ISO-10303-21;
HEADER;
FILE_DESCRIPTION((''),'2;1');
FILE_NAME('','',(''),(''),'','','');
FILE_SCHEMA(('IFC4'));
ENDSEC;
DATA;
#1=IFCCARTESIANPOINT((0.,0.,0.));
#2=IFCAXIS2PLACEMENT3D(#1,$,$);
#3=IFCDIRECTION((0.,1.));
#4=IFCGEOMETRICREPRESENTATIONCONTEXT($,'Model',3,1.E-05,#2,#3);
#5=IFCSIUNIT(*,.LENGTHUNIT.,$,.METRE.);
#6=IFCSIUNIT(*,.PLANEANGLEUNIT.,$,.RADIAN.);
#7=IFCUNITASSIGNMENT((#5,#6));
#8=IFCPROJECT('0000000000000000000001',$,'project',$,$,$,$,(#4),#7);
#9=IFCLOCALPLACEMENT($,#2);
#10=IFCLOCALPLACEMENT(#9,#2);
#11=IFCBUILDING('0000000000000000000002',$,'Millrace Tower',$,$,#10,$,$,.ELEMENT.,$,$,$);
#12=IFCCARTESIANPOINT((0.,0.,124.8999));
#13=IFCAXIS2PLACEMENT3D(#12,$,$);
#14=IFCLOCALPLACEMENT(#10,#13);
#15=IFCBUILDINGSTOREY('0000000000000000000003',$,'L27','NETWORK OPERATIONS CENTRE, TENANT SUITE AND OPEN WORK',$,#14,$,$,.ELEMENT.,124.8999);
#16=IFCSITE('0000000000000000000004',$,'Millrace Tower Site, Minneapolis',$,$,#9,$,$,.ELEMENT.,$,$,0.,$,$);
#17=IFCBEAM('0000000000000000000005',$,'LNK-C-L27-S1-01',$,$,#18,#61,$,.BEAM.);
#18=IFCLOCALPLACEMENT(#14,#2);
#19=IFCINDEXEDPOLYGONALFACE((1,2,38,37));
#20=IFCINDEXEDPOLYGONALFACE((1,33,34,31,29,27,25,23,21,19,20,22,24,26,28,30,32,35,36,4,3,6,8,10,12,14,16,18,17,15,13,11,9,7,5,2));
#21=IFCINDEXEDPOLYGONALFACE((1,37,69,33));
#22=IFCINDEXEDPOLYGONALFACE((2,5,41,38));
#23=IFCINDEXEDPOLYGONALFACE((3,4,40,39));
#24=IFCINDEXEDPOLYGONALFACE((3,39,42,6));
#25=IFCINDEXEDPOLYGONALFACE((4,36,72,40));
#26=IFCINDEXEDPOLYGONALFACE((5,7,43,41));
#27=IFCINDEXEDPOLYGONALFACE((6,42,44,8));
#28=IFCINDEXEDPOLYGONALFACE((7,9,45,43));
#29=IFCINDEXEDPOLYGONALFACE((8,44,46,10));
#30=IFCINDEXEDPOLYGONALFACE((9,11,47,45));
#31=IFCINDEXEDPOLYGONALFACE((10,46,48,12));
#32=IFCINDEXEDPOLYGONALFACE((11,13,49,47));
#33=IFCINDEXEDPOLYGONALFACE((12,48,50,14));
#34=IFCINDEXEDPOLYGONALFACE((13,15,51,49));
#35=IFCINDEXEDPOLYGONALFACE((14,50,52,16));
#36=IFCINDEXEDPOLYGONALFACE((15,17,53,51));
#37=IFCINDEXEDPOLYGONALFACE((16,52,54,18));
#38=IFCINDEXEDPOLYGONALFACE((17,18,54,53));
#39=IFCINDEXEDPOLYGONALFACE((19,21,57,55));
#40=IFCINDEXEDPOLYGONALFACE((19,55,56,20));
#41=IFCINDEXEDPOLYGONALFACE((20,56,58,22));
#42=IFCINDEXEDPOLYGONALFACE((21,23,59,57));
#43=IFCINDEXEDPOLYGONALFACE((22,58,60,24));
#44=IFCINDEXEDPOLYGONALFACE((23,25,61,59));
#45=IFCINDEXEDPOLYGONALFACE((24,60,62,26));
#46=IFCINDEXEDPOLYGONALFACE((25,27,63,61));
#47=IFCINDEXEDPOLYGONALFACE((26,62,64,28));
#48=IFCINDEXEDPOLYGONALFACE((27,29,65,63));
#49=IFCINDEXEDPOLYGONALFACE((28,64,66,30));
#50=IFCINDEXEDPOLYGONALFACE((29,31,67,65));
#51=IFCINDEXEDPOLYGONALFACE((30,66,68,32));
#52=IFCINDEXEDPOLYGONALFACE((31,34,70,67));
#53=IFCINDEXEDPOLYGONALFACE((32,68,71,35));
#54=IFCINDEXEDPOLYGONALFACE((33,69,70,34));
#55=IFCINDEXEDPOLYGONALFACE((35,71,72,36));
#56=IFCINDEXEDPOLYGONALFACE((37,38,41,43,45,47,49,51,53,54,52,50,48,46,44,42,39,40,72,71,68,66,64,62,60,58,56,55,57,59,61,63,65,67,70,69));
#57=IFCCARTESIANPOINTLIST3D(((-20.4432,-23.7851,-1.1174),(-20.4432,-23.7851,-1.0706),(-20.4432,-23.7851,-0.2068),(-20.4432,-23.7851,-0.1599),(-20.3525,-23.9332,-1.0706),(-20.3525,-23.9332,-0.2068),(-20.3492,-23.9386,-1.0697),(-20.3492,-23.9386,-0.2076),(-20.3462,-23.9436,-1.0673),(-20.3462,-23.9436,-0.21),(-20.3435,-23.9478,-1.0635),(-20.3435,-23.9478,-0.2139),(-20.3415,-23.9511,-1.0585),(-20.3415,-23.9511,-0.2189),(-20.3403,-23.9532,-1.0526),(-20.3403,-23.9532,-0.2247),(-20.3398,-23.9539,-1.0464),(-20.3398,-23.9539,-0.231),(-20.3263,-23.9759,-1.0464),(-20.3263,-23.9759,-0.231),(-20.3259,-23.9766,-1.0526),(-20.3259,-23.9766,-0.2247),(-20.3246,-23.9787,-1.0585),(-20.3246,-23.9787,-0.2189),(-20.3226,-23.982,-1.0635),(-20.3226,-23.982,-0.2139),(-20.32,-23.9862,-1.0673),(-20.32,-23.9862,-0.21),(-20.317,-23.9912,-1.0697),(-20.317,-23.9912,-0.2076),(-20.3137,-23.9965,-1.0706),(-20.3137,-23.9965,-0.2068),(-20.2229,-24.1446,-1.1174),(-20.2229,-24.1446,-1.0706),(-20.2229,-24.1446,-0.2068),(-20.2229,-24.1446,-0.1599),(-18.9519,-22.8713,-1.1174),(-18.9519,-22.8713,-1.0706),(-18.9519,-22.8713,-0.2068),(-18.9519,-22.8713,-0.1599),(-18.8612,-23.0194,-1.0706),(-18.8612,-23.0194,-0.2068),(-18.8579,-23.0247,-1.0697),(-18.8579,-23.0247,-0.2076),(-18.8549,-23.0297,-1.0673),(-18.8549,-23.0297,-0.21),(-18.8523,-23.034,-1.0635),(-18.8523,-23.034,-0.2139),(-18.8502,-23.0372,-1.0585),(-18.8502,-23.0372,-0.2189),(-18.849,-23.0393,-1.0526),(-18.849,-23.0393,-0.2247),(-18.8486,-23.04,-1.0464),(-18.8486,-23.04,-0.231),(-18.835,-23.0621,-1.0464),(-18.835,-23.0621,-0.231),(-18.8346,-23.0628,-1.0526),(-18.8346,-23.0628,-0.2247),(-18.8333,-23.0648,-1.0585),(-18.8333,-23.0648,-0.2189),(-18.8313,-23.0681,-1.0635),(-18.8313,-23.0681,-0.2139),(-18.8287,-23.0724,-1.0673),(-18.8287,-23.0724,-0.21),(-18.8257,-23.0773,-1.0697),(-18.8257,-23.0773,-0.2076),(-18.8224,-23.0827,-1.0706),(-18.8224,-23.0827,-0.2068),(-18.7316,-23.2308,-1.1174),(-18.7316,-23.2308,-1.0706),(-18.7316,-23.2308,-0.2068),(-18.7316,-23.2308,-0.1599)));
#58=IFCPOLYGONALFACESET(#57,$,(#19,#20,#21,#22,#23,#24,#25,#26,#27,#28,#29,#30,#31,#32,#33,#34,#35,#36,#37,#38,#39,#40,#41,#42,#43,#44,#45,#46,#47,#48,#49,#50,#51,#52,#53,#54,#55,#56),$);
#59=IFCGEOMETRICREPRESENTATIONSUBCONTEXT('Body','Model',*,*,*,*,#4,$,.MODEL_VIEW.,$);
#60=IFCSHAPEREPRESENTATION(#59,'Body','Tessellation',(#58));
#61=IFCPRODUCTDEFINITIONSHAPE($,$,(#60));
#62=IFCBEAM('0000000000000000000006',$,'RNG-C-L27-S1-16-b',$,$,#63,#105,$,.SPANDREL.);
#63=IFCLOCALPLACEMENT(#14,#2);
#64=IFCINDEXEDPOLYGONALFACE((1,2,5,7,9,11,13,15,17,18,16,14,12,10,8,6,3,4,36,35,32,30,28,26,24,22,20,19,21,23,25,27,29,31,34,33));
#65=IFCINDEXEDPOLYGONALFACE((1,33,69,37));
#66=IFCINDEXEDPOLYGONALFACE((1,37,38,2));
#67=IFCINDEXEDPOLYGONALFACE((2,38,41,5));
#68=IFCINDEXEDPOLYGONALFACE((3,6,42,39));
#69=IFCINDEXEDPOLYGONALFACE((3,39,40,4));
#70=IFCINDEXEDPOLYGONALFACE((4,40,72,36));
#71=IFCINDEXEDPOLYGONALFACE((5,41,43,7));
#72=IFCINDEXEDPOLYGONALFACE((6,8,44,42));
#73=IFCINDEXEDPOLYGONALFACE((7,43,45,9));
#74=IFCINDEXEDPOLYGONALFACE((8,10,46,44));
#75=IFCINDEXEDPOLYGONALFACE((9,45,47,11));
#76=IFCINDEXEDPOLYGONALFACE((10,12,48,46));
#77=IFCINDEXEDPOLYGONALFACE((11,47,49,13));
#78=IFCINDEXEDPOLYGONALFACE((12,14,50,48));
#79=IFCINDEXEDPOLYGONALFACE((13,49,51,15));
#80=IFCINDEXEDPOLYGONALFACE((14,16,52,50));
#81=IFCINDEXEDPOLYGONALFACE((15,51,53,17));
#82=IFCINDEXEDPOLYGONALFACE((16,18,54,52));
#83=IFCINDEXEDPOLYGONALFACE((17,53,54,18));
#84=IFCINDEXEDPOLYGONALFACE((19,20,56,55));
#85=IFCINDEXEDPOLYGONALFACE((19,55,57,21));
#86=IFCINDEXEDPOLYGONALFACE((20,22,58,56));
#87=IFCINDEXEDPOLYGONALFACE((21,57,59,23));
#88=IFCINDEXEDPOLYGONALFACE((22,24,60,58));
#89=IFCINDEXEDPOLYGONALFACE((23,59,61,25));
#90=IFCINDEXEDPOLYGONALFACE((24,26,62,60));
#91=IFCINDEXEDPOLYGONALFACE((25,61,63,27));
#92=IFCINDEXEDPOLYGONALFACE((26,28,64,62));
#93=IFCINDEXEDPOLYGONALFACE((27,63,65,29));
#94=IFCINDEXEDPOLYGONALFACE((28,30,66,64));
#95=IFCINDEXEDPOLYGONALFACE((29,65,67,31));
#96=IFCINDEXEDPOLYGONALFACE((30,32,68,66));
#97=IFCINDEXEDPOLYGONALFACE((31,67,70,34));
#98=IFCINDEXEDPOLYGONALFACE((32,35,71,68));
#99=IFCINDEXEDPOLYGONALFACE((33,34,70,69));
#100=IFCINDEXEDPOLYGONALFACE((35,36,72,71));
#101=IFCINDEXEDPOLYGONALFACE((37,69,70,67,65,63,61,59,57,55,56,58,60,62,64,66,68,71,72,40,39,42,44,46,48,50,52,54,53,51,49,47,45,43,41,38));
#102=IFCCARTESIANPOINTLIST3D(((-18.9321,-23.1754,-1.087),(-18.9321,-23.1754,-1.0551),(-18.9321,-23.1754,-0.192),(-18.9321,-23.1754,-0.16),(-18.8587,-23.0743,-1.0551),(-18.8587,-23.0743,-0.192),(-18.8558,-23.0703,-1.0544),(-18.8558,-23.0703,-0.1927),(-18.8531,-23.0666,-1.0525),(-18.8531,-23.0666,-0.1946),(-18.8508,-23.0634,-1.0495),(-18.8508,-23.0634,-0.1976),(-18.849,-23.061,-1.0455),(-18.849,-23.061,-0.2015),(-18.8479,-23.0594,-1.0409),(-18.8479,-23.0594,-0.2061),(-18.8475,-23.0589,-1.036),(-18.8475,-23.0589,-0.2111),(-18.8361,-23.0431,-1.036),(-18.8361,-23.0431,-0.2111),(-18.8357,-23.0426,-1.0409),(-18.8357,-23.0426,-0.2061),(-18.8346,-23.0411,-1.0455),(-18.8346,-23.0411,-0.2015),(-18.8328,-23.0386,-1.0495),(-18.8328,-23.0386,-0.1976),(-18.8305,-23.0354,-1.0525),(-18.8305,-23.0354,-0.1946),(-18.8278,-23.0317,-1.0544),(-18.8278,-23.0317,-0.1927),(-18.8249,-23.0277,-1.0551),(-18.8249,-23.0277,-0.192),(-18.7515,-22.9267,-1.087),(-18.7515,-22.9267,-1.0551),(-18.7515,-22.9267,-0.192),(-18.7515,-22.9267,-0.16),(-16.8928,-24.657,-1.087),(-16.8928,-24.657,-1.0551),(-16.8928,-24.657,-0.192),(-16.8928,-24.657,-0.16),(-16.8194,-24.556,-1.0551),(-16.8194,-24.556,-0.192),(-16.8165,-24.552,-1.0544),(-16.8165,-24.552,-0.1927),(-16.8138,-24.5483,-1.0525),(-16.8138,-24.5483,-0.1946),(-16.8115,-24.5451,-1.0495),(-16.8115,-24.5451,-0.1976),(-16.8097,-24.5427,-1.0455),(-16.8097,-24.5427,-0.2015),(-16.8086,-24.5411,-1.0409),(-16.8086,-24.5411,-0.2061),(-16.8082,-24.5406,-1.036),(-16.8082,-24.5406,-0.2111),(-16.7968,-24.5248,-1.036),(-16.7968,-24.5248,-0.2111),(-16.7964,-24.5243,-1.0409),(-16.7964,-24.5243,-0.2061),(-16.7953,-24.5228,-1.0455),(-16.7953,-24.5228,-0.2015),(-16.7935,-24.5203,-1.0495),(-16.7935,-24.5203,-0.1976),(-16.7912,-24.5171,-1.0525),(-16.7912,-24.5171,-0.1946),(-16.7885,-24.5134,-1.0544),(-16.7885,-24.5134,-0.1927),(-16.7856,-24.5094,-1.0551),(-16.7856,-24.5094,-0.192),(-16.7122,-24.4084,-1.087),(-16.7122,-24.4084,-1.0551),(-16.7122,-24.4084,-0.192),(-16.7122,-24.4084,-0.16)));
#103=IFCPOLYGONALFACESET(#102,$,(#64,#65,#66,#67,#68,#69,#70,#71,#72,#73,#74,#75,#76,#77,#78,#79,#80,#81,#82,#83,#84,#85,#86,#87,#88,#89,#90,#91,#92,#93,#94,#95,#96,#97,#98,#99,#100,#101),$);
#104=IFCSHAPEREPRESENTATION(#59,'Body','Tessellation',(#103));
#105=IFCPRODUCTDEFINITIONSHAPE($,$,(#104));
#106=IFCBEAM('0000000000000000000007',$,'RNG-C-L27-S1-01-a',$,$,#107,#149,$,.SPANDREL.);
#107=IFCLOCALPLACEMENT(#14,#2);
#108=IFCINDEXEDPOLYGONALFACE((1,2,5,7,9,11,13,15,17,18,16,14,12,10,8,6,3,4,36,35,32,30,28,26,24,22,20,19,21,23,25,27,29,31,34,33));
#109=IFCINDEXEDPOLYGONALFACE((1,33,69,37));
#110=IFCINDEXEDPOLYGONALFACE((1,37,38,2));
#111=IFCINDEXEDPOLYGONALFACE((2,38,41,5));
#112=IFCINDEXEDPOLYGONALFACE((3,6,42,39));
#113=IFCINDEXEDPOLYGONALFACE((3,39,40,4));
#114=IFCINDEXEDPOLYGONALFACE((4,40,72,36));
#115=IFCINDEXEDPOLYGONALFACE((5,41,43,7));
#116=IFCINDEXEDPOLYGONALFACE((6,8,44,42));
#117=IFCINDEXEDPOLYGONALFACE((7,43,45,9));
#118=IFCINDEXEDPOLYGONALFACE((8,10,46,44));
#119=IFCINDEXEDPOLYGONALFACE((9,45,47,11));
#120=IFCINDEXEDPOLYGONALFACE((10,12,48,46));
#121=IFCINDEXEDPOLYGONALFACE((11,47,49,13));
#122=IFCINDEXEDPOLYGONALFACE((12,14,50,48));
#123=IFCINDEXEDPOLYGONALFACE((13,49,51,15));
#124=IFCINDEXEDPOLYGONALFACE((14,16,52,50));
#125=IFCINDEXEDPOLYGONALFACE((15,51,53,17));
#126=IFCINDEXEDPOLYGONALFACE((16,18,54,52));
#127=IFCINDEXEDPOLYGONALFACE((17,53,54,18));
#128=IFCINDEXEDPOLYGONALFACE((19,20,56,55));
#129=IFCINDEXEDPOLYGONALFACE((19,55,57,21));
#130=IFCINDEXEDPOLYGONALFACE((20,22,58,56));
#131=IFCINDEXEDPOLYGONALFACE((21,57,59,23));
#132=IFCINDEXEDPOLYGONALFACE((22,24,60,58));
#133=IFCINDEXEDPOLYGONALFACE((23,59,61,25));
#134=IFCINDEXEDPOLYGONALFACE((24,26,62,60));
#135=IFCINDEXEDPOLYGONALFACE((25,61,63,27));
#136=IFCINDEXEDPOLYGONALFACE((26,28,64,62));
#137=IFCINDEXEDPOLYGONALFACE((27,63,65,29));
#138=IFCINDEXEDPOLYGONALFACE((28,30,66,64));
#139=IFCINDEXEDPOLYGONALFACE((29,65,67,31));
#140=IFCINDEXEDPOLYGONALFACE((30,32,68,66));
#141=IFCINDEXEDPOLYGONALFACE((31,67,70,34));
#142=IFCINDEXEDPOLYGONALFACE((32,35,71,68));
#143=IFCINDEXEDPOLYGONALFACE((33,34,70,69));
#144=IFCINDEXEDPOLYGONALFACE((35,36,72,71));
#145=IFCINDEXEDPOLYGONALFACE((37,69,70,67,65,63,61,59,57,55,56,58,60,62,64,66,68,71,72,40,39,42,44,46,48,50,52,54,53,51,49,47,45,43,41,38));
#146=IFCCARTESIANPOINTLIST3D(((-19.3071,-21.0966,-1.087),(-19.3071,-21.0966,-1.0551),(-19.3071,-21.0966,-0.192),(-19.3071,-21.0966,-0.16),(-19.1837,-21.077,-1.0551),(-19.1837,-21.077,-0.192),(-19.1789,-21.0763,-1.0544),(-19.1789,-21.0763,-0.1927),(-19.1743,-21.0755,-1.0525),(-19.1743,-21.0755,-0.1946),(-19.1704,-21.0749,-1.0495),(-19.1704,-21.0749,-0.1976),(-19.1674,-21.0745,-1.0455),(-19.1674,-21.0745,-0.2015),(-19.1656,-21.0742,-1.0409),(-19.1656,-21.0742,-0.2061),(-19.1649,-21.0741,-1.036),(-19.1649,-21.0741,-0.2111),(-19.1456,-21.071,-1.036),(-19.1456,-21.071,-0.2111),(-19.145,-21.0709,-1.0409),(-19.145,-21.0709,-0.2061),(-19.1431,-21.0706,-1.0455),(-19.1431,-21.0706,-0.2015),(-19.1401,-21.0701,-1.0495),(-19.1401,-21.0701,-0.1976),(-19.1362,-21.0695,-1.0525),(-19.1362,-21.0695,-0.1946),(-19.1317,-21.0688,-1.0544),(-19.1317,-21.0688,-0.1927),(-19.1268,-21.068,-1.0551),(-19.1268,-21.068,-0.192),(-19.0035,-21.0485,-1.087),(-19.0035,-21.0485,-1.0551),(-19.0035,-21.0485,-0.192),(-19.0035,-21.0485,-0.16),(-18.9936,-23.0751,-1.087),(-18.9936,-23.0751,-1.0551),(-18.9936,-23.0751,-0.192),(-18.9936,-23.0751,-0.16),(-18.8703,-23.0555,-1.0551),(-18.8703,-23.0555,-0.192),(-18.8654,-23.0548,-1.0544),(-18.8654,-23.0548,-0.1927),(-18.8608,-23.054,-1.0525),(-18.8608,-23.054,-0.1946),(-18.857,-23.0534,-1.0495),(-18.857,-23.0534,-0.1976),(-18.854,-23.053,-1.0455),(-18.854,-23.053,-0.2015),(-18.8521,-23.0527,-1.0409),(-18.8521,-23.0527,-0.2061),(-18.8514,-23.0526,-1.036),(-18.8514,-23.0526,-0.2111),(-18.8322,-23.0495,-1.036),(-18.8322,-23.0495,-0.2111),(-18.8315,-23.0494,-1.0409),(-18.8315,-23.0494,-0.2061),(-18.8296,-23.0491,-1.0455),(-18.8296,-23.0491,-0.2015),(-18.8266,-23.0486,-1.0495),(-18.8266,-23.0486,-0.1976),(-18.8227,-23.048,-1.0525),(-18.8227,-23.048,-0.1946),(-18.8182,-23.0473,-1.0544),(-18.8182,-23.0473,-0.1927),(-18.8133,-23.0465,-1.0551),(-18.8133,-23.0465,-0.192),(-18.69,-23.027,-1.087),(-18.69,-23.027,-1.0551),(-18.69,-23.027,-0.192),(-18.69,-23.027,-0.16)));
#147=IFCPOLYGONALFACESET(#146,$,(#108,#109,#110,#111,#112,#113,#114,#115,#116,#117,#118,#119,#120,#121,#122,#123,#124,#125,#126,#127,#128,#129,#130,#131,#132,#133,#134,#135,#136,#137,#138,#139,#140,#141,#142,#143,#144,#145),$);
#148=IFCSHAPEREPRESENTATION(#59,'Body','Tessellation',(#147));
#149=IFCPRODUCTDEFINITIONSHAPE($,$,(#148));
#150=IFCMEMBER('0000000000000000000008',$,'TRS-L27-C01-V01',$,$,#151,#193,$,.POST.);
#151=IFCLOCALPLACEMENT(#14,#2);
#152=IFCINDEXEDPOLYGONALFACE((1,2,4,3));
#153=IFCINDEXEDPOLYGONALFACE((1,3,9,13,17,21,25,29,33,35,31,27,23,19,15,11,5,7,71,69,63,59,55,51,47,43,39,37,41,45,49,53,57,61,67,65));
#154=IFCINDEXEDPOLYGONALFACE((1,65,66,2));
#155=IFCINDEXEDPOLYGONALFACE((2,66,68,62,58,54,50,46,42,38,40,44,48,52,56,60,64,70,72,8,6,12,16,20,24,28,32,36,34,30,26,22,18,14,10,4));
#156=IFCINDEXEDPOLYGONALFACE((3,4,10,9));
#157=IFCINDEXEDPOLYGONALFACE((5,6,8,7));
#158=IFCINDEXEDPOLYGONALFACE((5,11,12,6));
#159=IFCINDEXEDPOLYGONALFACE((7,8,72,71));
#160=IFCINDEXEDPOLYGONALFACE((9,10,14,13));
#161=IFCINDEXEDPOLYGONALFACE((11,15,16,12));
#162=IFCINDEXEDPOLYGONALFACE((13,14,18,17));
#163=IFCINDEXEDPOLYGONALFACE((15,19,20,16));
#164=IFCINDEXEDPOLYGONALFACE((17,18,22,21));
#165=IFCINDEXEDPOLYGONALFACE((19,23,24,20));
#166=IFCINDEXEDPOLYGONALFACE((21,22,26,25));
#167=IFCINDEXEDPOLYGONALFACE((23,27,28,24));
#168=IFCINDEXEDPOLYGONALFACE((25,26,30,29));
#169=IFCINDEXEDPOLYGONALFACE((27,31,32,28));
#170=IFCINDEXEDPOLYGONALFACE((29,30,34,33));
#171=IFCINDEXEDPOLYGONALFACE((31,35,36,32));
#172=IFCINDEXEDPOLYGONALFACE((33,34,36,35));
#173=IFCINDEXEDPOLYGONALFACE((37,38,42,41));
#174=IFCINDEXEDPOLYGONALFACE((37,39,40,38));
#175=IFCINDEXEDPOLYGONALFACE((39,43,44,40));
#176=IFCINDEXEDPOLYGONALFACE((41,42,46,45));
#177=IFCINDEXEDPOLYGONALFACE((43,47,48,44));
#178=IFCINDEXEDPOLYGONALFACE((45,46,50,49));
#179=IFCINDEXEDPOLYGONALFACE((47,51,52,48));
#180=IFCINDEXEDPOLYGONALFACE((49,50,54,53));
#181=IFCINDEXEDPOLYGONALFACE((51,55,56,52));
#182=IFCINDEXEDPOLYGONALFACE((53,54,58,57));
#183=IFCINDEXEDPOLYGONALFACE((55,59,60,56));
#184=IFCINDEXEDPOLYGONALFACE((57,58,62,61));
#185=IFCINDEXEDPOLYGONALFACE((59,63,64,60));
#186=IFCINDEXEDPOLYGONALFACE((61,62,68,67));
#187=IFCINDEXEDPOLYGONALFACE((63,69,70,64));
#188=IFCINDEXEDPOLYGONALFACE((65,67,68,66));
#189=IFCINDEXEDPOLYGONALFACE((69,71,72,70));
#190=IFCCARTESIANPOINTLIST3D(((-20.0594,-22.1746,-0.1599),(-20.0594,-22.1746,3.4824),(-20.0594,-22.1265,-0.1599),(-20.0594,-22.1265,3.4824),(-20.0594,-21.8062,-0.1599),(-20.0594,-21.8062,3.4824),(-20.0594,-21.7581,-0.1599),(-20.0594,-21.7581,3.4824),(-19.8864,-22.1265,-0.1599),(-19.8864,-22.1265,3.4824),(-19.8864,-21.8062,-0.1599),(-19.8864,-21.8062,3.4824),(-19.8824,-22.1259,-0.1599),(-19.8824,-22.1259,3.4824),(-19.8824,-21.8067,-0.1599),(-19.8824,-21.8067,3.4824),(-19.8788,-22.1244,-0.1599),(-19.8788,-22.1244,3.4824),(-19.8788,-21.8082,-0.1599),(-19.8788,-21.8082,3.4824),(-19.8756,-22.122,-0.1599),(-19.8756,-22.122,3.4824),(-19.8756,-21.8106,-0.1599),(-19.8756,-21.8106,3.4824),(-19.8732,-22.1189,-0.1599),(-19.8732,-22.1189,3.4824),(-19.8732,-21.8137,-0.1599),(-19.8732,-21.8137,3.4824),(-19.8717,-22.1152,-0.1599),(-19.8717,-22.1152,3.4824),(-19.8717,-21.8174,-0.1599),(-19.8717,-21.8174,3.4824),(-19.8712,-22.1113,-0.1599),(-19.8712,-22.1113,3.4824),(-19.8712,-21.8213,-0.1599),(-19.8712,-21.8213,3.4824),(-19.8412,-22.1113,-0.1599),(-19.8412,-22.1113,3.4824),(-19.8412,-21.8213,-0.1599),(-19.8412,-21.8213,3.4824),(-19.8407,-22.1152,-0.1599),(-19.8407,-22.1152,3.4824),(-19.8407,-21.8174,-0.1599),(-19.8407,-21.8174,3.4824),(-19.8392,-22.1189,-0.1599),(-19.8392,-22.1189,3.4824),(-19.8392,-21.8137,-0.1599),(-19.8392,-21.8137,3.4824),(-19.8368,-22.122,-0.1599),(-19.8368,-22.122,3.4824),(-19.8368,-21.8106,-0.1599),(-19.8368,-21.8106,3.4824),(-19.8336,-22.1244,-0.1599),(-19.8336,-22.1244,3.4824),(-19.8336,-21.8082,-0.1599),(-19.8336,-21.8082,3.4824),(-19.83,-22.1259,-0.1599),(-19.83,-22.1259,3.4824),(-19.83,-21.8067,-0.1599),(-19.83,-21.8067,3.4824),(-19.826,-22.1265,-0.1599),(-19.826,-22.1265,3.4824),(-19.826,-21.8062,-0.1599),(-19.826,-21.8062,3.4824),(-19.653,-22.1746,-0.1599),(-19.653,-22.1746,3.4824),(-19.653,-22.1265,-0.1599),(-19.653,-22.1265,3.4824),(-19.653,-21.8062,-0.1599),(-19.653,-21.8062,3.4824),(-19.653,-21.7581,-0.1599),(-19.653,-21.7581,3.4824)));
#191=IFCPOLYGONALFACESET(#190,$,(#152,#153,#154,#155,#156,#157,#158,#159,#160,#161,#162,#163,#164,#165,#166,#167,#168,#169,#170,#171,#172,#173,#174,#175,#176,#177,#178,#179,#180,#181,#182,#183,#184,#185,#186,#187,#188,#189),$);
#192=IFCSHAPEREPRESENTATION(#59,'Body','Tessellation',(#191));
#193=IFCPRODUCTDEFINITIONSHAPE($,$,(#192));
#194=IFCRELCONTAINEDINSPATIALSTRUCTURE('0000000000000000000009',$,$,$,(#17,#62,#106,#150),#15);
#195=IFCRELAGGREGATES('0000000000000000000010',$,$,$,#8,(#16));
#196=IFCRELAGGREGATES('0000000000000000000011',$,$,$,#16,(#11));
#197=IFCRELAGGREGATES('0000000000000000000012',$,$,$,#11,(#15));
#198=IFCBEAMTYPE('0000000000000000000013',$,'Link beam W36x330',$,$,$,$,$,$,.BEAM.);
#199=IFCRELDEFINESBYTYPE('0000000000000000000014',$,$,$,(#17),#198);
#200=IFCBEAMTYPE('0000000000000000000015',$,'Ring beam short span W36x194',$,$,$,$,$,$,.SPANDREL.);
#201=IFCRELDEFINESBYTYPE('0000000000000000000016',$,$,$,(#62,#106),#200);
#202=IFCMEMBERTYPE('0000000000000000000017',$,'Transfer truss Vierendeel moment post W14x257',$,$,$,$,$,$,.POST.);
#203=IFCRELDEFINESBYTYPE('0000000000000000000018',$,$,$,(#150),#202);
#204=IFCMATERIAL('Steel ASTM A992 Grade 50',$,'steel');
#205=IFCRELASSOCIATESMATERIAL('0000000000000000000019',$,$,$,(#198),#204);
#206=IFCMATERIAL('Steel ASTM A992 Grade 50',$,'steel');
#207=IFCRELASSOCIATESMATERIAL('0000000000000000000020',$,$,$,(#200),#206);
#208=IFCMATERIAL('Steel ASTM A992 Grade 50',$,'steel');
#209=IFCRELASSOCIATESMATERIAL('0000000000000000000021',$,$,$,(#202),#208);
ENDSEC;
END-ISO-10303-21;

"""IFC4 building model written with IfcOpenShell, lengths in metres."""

from ifc_helpers import new_model, si_unit, direction, frame, origin, origin_2d, place, context, subcontext, project, spatial, i_section, extrude, material, material_profile, profile_set, type_object, element, save


model = new_model("IFC4")

# Units and contexts
model_context = context("Model", 3, precision=1e-05, world=origin(), true_north=direction((0.0, 1.0)))
body_context = subcontext(model_context, "Body", "Model", "MODEL_VIEW")
ifc_project = project(units=[si_unit("LENGTHUNIT", "METRE"), si_unit("PLANEANGLEUNIT", "RADIAN")], contexts=[model_context])

# Site, building, storey
site_placement = place(None, origin())
site = spatial("IfcSite", under=ifc_project, at=site_placement, Name="Millrace Tower Site, Minneapolis", CompositionType="ELEMENT", RefElevation=0.0)
building_placement = place(site_placement, origin())
building = spatial("IfcBuilding", under=site, at=building_placement, Name="Millrace Tower", CompositionType="ELEMENT")
storey_placement = place(building_placement, frame((0.0, 0.0, 124.8999)))
storey = spatial("IfcBuildingStorey", under=building, at=storey_placement, Name="L27", Description="NETWORK OPERATIONS CENTRE, TENANT SUITE AND OPEN WORK", CompositionType="ELEMENT", Elevation=124.8999)

# Beams
ifc_material_1 = material(Name="Steel ASTM A992 Grade 50", Category="steel")
ifc_material_profile_1 = material_profile(ifc_material_1, i_section(OverallWidth=0.4216, OverallDepth=0.9575, WebThickness=0.0259, FlangeThickness=0.0469, FilletRadius=0.0242, at=origin_2d()))
ifc_profile_set_1 = profile_set([ifc_material_profile_1], Name="Steel ASTM A992 Grade 50")
beam_type_1 = type_object("IfcBeamType", Name="Link beam W36x330", PredefinedType="BEAM", material=ifc_profile_set_1)
beam_1_placement = place(storey_placement, frame((-18.8418, -23.051, -0.6387), z_axis=(-0.852639, -0.5225, 0.0), x_axis=(0.5225, -0.852639, 0.0)))
element("IfcBeam", 1, at=beam_1_placement, inside=storey, type_object=beam_type_1, Name="LNK-C-L27-S1-01", PredefinedType="BEAM", context=body_context, shape_type="SweptSolid", body=[
    extrude(i_section(OverallWidth=0.4216, OverallDepth=0.9575, WebThickness=0.0259, FlangeThickness=0.0469, FilletRadius=0.0242, at=origin_2d()), origin(), (0.0, 0.0, 1.0), 1.749),
])
ifc_material_2 = material(Name="Steel ASTM A992 Grade 50", Category="steel")
ifc_material_profile_2 = material_profile(ifc_material_2, i_section(OverallWidth=0.3074, OverallDepth=0.927, WebThickness=0.0195, FlangeThickness=0.032, FilletRadius=0.019, at=origin_2d()))
ifc_profile_set_2 = profile_set([ifc_material_profile_2], Name="Steel ASTM A992 Grade 50")
beam_type_2 = type_object("IfcBeamType", Name="Ring beam short span W36x194", PredefinedType="SPANDREL", material=ifc_profile_set_2)
beam_2_placement = place(storey_placement, frame((-16.8025, -24.5327, -0.6235), z_axis=(-0.809008, 0.587797, 0.0), x_axis=(-0.587797, -0.809008, 0.0)))
element("IfcBeam", 2, at=beam_2_placement, inside=storey, type_object=beam_type_2, Name="RNG-C-L27-S1-16-b", PredefinedType="SPANDREL", context=body_context, shape_type="SweptSolid", body=[
    extrude(i_section(OverallWidth=0.3074, OverallDepth=0.927, WebThickness=0.0195, FlangeThickness=0.032, FilletRadius=0.019, at=origin_2d()), origin(), (0.0, 0.0, 1.0), 2.5208),
])
beam_3_placement = place(storey_placement, frame((-18.8418, -23.051, -0.6235), z_axis=(-0.156488, 0.98768, 0.0), x_axis=(-0.98768, -0.156488, 0.0)))
element("IfcBeam", 3, at=beam_3_placement, inside=storey, type_object=beam_type_2, Name="RNG-C-L27-S1-01-a", PredefinedType="SPANDREL", context=body_context, shape_type="SweptSolid", body=[
    extrude(i_section(OverallWidth=0.3074, OverallDepth=0.927, WebThickness=0.0195, FlangeThickness=0.032, FilletRadius=0.019, at=origin_2d()), origin(), (0.0, 0.0, 1.0), 2.0032),
])

# Member
ifc_material_3 = material(Name="Steel ASTM A992 Grade 50", Category="steel")
ifc_material_profile_3 = material_profile(ifc_material_3, i_section(OverallWidth=0.4065, OverallDepth=0.4165, WebThickness=0.03, FlangeThickness=0.0481, FilletRadius=0.0151, at=origin_2d()))
ifc_profile_set_3 = profile_set([ifc_material_profile_3], Name="Steel ASTM A992 Grade 50")
member_type_1 = type_object("IfcMemberType", Name="Transfer truss Vierendeel moment post W14x257", PredefinedType="POST", material=ifc_profile_set_3)
member_1_placement = place(storey_placement, frame((-19.8562, -21.9663, -0.1599), z_axis=(0.0, 0.0, 1.0), x_axis=(1.0, 0.0, 0.0)))
element("IfcMember", 4, at=member_1_placement, inside=storey, type_object=member_type_1, Name="TRS-L27-C01-V01", PredefinedType="POST", context=body_context, shape_type="SweptSolid", body=[
    extrude(i_section(OverallWidth=0.4065, OverallDepth=0.4165, WebThickness=0.03, FlangeThickness=0.0481, FilletRadius=0.0151, at=origin_2d()), origin(), (0.0, 0.0, 1.0), 3.6423),
])

save(model, "model.ifc")
